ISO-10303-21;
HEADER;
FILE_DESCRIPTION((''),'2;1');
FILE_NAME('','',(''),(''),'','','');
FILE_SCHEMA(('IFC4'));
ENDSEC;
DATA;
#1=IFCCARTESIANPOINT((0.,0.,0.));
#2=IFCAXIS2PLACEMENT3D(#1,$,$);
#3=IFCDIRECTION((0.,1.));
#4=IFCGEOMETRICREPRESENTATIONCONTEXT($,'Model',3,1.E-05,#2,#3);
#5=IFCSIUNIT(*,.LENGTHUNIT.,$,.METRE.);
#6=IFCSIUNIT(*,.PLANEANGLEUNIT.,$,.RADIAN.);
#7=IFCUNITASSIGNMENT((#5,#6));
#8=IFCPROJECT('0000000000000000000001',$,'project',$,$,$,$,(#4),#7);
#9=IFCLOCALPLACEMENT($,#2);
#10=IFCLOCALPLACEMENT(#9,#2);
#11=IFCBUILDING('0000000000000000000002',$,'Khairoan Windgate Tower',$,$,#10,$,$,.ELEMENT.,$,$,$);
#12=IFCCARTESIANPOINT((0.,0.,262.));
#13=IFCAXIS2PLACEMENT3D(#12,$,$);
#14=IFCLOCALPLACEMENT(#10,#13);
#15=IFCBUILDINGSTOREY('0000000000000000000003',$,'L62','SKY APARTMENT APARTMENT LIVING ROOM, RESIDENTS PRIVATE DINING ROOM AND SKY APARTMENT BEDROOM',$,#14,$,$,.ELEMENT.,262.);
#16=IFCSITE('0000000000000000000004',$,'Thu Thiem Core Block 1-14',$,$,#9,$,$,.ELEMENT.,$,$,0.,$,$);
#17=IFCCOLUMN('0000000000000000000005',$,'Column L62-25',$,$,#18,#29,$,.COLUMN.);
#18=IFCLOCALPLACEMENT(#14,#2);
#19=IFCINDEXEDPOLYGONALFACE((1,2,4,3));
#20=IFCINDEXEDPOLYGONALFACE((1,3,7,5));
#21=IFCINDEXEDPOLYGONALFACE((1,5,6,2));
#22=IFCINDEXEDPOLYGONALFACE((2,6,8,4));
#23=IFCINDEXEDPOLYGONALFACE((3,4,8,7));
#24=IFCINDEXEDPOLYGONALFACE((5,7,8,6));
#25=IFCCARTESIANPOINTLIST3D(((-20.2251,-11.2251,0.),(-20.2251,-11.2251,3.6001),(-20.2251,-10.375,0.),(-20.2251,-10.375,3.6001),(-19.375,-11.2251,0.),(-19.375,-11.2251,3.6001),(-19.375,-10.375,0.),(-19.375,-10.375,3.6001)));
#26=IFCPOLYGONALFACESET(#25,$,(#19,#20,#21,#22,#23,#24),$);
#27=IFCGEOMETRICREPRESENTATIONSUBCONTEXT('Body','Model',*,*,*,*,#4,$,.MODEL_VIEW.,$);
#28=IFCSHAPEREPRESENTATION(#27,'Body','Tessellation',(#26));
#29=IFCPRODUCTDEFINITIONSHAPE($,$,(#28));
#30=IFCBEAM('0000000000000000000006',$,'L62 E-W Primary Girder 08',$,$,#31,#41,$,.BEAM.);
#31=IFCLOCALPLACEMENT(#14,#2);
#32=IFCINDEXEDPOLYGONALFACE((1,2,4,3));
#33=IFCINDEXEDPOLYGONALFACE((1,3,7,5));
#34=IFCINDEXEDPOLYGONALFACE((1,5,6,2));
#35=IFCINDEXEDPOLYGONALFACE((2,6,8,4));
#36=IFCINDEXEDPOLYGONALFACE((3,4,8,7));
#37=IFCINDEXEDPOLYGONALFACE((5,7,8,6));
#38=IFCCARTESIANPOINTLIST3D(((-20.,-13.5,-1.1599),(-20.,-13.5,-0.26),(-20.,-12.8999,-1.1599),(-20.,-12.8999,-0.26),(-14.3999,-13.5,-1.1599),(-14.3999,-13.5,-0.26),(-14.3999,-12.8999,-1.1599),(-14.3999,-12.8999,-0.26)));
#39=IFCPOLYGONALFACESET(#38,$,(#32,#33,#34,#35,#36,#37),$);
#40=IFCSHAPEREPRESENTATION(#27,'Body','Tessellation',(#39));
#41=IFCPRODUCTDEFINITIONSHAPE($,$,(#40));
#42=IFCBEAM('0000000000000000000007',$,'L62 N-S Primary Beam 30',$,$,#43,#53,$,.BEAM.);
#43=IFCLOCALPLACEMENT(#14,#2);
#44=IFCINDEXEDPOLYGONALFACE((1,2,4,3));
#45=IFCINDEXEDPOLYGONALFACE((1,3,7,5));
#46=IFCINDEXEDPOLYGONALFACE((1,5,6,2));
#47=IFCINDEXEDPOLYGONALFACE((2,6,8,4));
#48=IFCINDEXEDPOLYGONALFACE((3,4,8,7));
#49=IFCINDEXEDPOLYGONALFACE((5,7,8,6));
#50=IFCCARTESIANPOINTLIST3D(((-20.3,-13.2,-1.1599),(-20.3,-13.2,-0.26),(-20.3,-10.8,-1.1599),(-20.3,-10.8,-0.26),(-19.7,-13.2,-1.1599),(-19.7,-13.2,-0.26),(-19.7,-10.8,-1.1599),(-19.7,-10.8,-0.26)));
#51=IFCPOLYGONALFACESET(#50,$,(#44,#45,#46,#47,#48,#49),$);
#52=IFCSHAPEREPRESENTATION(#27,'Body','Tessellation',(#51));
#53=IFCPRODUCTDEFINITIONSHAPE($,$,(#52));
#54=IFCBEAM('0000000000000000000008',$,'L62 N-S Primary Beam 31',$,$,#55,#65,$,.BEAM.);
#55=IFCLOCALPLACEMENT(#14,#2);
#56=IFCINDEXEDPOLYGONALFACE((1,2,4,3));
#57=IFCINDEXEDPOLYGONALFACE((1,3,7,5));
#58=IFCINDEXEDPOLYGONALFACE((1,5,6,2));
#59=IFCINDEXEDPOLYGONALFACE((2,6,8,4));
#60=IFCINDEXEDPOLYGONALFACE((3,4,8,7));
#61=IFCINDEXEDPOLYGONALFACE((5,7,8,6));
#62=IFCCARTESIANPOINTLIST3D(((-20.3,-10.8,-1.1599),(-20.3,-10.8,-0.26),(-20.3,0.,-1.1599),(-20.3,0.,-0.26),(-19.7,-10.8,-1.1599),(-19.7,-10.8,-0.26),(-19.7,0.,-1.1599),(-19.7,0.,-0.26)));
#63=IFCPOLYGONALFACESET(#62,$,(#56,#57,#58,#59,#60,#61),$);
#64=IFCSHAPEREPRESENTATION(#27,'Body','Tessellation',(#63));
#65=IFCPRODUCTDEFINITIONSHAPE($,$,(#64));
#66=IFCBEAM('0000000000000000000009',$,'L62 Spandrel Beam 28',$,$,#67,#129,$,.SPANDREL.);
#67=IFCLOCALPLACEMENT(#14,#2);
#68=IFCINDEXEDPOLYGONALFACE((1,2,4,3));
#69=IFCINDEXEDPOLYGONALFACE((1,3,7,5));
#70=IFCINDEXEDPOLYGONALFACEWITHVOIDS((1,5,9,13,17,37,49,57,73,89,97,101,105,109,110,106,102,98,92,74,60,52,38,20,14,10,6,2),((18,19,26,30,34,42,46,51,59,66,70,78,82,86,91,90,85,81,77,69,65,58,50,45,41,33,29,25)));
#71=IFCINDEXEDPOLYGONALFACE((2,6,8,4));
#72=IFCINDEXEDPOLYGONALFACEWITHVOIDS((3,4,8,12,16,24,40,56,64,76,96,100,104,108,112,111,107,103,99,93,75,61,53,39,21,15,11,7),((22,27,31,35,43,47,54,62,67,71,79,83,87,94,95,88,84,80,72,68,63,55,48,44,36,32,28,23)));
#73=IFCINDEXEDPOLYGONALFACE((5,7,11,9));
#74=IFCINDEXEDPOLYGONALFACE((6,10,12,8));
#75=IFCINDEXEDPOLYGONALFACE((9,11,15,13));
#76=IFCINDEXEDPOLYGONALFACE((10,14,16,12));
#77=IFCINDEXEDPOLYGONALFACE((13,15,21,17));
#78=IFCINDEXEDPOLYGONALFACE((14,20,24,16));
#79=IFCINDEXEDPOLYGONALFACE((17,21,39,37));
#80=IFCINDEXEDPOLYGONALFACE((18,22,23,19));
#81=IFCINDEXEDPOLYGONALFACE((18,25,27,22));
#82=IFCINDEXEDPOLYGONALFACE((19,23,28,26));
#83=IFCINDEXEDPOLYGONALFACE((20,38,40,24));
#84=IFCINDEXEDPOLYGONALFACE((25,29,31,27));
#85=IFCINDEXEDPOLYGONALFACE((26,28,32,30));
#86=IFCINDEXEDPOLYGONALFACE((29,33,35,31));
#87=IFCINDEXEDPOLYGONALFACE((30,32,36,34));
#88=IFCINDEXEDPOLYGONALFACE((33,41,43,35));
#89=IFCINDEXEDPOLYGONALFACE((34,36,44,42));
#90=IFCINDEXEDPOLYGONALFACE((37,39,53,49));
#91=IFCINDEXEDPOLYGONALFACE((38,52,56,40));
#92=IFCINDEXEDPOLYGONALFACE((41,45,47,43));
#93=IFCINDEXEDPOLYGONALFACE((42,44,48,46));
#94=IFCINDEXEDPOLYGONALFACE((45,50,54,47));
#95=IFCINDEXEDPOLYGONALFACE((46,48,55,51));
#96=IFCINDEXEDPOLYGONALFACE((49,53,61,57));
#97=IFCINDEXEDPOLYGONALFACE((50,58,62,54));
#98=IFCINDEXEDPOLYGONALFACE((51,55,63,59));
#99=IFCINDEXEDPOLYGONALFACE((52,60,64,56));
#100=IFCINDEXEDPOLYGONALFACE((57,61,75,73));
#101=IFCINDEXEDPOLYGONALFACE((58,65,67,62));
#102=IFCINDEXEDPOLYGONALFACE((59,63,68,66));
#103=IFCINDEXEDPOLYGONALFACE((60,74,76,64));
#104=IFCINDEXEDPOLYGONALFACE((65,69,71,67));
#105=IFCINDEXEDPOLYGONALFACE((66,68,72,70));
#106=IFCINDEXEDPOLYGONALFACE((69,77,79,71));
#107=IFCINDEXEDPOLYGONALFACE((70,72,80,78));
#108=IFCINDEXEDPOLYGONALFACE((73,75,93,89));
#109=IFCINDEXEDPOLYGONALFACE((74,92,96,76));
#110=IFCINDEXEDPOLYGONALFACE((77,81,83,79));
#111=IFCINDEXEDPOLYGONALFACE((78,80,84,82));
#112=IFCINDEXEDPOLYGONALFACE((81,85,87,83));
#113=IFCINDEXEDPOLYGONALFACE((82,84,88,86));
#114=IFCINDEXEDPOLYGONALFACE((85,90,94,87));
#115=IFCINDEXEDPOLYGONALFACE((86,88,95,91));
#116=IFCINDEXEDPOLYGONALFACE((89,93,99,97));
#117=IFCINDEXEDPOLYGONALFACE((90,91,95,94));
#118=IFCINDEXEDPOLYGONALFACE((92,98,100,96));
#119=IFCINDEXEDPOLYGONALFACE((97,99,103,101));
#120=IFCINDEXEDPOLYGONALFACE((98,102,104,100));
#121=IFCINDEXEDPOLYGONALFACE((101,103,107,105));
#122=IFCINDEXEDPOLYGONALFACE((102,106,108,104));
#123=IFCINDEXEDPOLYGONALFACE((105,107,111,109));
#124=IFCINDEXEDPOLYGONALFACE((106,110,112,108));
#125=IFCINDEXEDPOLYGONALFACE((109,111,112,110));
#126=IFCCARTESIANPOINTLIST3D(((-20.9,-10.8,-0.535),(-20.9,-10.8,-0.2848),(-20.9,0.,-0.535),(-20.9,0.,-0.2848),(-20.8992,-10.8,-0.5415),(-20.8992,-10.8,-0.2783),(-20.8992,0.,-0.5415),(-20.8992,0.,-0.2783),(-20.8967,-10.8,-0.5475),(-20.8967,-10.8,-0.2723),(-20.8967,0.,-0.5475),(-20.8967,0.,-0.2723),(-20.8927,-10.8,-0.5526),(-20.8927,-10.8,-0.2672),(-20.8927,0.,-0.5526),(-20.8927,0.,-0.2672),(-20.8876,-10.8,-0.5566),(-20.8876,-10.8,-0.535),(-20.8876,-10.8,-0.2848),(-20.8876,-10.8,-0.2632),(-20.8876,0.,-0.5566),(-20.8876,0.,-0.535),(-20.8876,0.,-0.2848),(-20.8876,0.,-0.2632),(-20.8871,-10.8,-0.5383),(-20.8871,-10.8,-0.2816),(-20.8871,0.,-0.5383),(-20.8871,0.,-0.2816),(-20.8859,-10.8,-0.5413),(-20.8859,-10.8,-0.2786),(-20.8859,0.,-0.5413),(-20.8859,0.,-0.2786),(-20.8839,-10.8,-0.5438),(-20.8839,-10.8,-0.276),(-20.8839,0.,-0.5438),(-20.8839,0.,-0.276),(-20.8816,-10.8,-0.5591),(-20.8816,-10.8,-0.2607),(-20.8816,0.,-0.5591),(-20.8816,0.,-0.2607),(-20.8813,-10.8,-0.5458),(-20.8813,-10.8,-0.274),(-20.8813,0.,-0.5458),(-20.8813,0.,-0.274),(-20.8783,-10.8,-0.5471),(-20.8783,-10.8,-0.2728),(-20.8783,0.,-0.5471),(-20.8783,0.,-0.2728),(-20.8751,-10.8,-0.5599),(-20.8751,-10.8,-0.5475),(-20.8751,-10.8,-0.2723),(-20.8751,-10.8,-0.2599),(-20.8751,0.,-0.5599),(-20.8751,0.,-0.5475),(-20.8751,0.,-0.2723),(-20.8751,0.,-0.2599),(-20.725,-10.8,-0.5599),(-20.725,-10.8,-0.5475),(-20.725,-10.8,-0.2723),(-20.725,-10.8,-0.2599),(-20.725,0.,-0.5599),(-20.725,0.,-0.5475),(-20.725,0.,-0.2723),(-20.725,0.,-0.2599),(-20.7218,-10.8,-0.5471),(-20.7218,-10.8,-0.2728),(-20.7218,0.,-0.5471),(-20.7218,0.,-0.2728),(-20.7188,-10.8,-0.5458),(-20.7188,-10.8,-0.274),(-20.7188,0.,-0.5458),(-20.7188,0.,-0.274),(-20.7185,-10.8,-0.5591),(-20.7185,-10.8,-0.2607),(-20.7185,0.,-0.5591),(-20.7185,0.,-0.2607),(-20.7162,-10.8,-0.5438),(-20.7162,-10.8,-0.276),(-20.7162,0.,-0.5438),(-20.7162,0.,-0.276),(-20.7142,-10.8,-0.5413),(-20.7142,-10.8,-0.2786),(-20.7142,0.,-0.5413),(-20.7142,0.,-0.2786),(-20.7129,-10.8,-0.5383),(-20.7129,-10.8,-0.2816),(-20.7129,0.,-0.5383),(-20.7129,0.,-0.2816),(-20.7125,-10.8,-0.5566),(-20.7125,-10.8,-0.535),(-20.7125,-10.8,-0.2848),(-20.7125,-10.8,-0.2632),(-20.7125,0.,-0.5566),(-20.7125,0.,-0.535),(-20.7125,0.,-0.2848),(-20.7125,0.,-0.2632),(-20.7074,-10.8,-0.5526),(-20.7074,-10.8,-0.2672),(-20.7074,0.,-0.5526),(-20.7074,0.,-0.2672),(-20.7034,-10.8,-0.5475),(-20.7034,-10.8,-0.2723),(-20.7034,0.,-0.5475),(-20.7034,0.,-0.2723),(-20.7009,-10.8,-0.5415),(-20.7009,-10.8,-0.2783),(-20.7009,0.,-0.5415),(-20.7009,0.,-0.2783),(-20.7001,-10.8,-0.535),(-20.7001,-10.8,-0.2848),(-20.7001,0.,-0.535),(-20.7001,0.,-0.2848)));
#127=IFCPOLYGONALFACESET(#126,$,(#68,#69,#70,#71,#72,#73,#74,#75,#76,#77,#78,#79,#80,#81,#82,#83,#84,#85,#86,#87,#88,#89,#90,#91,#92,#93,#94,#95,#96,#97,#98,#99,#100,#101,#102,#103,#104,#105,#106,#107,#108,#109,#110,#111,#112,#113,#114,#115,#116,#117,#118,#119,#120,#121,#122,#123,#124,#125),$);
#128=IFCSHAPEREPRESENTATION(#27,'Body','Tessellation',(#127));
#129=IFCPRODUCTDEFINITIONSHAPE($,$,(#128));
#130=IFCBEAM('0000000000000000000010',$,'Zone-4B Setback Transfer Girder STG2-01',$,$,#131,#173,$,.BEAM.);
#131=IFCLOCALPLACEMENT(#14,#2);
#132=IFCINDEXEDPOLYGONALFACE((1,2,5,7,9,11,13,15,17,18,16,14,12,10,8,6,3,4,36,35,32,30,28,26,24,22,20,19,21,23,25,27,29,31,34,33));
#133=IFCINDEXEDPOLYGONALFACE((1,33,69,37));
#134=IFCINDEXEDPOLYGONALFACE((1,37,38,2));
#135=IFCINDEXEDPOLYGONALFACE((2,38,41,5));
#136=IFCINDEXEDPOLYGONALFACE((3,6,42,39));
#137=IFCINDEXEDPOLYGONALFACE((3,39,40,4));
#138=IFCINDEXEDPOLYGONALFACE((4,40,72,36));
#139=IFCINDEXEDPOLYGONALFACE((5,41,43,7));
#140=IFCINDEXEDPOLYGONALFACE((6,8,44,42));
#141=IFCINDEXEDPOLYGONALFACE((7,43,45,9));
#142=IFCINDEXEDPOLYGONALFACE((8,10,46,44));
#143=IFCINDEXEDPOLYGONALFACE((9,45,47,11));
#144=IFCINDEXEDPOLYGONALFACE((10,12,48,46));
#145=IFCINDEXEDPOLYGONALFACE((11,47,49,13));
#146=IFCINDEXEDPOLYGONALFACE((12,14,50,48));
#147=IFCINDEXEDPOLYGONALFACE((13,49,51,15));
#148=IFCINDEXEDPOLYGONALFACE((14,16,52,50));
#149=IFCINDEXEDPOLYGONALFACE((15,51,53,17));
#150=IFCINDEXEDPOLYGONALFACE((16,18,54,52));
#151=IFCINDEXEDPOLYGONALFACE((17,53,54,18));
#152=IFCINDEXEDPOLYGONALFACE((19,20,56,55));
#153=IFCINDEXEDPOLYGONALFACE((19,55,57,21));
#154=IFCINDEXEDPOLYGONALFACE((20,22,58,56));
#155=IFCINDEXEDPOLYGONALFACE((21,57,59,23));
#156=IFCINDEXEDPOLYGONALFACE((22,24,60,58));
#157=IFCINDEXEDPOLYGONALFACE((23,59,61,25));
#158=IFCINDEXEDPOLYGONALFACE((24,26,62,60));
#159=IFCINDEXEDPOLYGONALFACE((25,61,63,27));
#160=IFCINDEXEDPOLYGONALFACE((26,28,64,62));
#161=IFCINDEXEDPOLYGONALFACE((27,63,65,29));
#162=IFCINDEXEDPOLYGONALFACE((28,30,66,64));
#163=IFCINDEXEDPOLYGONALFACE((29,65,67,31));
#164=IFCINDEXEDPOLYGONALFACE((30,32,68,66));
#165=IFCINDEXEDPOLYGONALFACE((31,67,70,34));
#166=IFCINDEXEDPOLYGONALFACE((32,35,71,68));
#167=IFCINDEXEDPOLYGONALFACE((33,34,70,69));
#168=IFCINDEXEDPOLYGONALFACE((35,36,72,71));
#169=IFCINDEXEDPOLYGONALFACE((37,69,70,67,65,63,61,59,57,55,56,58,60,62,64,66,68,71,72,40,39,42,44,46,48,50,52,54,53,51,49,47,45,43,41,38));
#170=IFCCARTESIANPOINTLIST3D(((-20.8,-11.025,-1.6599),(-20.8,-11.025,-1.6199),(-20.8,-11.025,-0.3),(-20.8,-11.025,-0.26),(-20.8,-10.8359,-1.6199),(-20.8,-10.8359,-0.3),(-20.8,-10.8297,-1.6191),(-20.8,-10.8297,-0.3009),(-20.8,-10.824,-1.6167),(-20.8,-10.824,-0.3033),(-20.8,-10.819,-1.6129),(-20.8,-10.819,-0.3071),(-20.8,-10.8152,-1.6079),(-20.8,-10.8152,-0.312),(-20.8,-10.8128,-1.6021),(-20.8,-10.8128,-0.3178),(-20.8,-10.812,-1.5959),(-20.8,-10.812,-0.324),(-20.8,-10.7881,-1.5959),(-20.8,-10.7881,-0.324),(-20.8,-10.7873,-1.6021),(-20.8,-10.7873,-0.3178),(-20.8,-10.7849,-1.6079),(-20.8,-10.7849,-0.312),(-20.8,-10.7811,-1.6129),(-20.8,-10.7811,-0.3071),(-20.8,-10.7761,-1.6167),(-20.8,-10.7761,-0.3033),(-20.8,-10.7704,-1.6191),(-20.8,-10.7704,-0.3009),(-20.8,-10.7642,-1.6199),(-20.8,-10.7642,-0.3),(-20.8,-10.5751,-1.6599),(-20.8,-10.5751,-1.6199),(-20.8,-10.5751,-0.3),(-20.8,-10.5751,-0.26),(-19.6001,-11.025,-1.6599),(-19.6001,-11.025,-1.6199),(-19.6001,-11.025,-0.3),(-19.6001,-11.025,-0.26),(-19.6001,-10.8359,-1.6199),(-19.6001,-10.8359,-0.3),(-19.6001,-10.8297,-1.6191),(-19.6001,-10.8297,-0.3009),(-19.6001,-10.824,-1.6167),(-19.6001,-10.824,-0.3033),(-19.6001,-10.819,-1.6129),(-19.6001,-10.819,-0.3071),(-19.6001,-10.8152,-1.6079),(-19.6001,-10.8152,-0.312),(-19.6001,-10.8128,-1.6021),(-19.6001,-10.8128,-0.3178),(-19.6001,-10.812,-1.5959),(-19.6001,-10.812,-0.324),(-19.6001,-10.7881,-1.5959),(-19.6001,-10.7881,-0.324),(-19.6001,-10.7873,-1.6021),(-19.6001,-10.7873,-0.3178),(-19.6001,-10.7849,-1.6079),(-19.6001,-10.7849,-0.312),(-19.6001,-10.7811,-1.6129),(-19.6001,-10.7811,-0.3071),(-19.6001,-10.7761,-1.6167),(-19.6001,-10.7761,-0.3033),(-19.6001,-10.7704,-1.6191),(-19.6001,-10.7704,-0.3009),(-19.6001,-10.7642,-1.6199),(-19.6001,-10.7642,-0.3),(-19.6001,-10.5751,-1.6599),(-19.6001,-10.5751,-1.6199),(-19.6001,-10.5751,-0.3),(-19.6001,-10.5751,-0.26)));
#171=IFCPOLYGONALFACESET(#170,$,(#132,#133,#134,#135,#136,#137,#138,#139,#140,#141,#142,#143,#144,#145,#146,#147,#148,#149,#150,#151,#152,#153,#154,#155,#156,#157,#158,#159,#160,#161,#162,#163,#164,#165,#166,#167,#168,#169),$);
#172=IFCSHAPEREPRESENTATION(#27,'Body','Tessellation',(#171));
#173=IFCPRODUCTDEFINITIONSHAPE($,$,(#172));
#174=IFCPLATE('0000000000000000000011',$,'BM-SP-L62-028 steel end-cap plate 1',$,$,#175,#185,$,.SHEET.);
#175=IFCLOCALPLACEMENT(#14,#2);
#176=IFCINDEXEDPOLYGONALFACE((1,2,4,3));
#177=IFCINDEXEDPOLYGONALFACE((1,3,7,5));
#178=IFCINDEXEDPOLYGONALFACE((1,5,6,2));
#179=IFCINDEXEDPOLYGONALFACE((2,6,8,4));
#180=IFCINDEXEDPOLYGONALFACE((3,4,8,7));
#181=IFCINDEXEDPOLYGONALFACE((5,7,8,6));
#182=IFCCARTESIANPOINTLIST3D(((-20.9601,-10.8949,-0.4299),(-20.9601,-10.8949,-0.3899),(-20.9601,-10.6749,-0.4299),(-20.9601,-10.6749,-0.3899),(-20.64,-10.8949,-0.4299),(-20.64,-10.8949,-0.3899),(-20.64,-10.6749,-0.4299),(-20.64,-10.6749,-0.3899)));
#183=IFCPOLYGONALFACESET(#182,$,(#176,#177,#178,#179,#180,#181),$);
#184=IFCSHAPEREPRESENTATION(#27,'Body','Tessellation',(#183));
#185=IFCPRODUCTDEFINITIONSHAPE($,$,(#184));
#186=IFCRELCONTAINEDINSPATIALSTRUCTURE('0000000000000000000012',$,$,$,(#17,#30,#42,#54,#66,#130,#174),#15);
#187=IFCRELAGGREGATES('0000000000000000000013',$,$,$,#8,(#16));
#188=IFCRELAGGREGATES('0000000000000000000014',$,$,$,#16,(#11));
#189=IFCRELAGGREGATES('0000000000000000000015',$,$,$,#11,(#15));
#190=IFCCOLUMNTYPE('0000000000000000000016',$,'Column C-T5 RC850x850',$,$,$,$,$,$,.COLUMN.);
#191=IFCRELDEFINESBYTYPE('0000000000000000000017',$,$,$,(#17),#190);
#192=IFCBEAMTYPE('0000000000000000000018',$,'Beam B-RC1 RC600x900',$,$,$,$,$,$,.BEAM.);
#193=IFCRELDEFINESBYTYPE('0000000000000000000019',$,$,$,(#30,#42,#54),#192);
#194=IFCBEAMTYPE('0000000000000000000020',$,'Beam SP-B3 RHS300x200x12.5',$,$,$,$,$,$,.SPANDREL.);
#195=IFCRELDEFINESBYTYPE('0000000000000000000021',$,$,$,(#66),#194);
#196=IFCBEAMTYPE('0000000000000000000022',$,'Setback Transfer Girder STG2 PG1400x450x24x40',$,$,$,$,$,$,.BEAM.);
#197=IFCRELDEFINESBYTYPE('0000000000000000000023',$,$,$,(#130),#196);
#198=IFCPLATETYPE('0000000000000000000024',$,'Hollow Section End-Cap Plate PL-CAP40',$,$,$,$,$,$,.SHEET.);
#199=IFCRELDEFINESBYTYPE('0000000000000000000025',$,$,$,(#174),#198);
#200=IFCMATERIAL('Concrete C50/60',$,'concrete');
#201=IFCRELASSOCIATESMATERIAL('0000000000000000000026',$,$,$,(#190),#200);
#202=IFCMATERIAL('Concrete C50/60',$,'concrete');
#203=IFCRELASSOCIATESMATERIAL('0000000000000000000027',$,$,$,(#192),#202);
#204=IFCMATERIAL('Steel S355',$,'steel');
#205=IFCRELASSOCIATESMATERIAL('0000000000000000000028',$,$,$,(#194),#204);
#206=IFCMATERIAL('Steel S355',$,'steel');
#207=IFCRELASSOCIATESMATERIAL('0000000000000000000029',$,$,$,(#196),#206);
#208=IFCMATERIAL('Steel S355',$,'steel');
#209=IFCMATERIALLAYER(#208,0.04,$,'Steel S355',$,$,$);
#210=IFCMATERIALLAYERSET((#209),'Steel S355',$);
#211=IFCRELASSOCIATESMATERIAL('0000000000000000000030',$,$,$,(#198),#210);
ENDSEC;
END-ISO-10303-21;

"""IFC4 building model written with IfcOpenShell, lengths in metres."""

from ifc_helpers import new_model, si_unit, direction, frame, origin, origin_2d, place, context, subcontext, project, spatial, rectangle, hollow_rectangle, i_section, extrude, material, layer, layer_set, material_profile, profile_set, type_object, element, save


model = new_model("IFC4")

# Units and contexts
model_context = context("Model", 3, precision=1e-05, world=origin(), true_north=direction((0.0, 1.0)))
body_context = subcontext(model_context, "Body", "Model", "MODEL_VIEW")
ifc_project = project(units=[si_unit("LENGTHUNIT", "METRE"), si_unit("PLANEANGLEUNIT", "RADIAN")], contexts=[model_context])

# Site, building, storey
site_placement = place(None, origin())
site = spatial("IfcSite", under=ifc_project, at=site_placement, Name="Thu Thiem Core Block 1-14", CompositionType="ELEMENT", RefElevation=0.0)
building_placement = place(site_placement, origin())
building = spatial("IfcBuilding", under=site, at=building_placement, Name="Khairoan Windgate Tower", CompositionType="ELEMENT")
storey_placement = place(building_placement, frame((0.0, 0.0, 262.0)))
storey = spatial("IfcBuildingStorey", under=building, at=storey_placement, Name="L62", Description="SKY APARTMENT APARTMENT LIVING ROOM, RESIDENTS PRIVATE DINING ROOM AND SKY APARTMENT BEDROOM", CompositionType="ELEMENT", Elevation=262.0)

# Column
ifc_material_1 = material(Name="Concrete C50/60", Category="concrete")
ifc_material_profile_1 = material_profile(ifc_material_1, rectangle(XDim=0.8501, YDim=0.8501, at=origin_2d()))
ifc_profile_set_1 = profile_set([ifc_material_profile_1], Name="Concrete C50/60")
column_type = type_object("IfcColumnType", Name="Column C-T5 RC850x850", PredefinedType="COLUMN", material=ifc_profile_set_1)
column_placement = place(storey_placement, frame((-19.8, -10.8, 0.0), z_axis=(0.0, 0.0, 1.0), x_axis=(1.0, 0.0, 0.0)))
element("IfcColumn", 1, at=column_placement, inside=storey, type_object=column_type, Name="Column L62-25", PredefinedType="COLUMN", context=body_context, shape_type="SweptSolid", body=[
    extrude(rectangle(XDim=0.8501, YDim=0.8501, at=origin_2d()), origin(), (0.0, 0.0, 1.0), 3.6001),
])

# Beams
ifc_material_2 = material(Name="Concrete C50/60", Category="concrete")
ifc_material_profile_2 = material_profile(ifc_material_2, rectangle(XDim=0.6001, YDim=0.8999, at=origin_2d()))
ifc_profile_set_2 = profile_set([ifc_material_profile_2], Name="Concrete C50/60")
beam_type_1 = type_object("IfcBeamType", Name="Beam B-RC1 RC600x900", PredefinedType="BEAM", material=ifc_profile_set_2)
beam_1_placement = place(storey_placement, frame((-20.0, -13.2, -0.71), z_axis=(1.0, 0.0, 0.0), x_axis=(0.0, 1.0, 0.0)))
element("IfcBeam", 2, at=beam_1_placement, inside=storey, type_object=beam_type_1, Name="L62 E-W Primary Girder 08", PredefinedType="BEAM", context=body_context, shape_type="SweptSolid", body=[
    extrude(rectangle(XDim=0.6001, YDim=0.8999, at=origin_2d()), origin(), (0.0, 0.0, 1.0), 5.6001),
])
beam_2_placement = place(storey_placement, frame((-20.0, -13.2, -0.71), z_axis=(0.0, 1.0, 0.0), x_axis=(-1.0, 0.0, 0.0)))
element("IfcBeam", 3, at=beam_2_placement, inside=storey, type_object=beam_type_1, Name="L62 N-S Primary Beam 30", PredefinedType="BEAM", context=body_context, shape_type="SweptSolid", body=[
    extrude(rectangle(XDim=0.6001, YDim=0.8999, at=origin_2d()), origin(), (0.0, 0.0, 1.0), 2.3999),
])
beam_3_placement = place(storey_placement, frame((-20.0, -10.8, -0.71), z_axis=(0.0, 1.0, 0.0), x_axis=(-1.0, 0.0, 0.0)))
element("IfcBeam", 4, at=beam_3_placement, inside=storey, type_object=beam_type_1, Name="L62 N-S Primary Beam 31", PredefinedType="BEAM", context=body_context, shape_type="SweptSolid", body=[
    extrude(rectangle(XDim=0.6001, YDim=0.8999, at=origin_2d()), origin(), (0.0, 0.0, 1.0), 10.8),
])
ifc_material_3 = material(Name="Steel S355", Category="steel")
ifc_material_profile_3 = material_profile(ifc_material_3, hollow_rectangle(XDim=0.2, YDim=0.3, WallThickness=0.0125, InnerFilletRadius=0.0125, OuterFilletRadius=0.0249, at=origin_2d()))
ifc_profile_set_3 = profile_set([ifc_material_profile_3], Name="Steel S355")
beam_type_2 = type_object("IfcBeamType", Name="Beam SP-B3 RHS300x200x12.5", PredefinedType="SPANDREL", material=ifc_profile_set_3)
beam_4_placement = place(storey_placement, frame((-20.8, -10.8, -0.4099), z_axis=(0.0, 1.0, 0.0), x_axis=(-1.0, 0.0, 0.0)))
element("IfcBeam", 5, at=beam_4_placement, inside=storey, type_object=beam_type_2, Name="L62 Spandrel Beam 28", PredefinedType="SPANDREL", context=body_context, shape_type="SweptSolid", body=[
    extrude(hollow_rectangle(XDim=0.2, YDim=0.3, WallThickness=0.0125, InnerFilletRadius=0.0125, OuterFilletRadius=0.0249, at=origin_2d()), origin(), (0.0, 0.0, 1.0), 10.8),
])
ifc_material_4 = material(Name="Steel S355", Category="steel")
ifc_material_profile_4 = material_profile(ifc_material_4, i_section(OverallWidth=0.45, OverallDepth=1.3999, WebThickness=0.0239, FlangeThickness=0.04, FilletRadius=0.0239, at=origin_2d()))
ifc_profile_set_4 = profile_set([ifc_material_profile_4], Name="Steel S355")
beam_type_3 = type_object("IfcBeamType", Name="Setback Transfer Girder STG2 PG1400x450x24x40", PredefinedType="BEAM", material=ifc_profile_set_4)
beam_5_placement = place(storey_placement, frame((-20.8, -10.8, -0.96), z_axis=(1.0, 0.0, 0.0), x_axis=(0.0, 1.0, 0.0)))
element("IfcBeam", 6, at=beam_5_placement, inside=storey, type_object=beam_type_3, Name="Zone-4B Setback Transfer Girder STG2-01", PredefinedType="BEAM", context=body_context, shape_type="SweptSolid", body=[
    extrude(i_section(OverallWidth=0.45, OverallDepth=1.3999, WebThickness=0.0239, FlangeThickness=0.04, FilletRadius=0.0239, at=origin_2d()), origin(), (0.0, 0.0, 1.0), 1.2),
])

# Plate
ifc_material_5 = material(Name="Steel S355", Category="steel")
ifc_layer_1 = layer(ifc_material_5, 0.04, Name="Steel S355")
ifc_layer_set_1 = layer_set([ifc_layer_1], Name="Steel S355")
plate_type_1 = type_object("IfcPlateType", Name="Hollow Section End-Cap Plate PL-CAP40", PredefinedType="SHEET", material=ifc_layer_set_1)
plate_1_placement = place(storey_placement, frame((-20.8, -10.7849, -0.4299), z_axis=(0.0, 0.0, 1.0), x_axis=(0.0, 1.0, 0.0)))
element("IfcPlate", 7, at=plate_1_placement, inside=storey, type_object=plate_type_1, Name="BM-SP-L62-028 steel end-cap plate 1", PredefinedType="SHEET", context=body_context, shape_type="SweptSolid", body=[
    extrude(rectangle(XDim=0.22, YDim=0.3201, at=origin_2d()), origin(), (0.0, 0.0, 1.0), 0.04),
])

save(model, "model.ifc")
